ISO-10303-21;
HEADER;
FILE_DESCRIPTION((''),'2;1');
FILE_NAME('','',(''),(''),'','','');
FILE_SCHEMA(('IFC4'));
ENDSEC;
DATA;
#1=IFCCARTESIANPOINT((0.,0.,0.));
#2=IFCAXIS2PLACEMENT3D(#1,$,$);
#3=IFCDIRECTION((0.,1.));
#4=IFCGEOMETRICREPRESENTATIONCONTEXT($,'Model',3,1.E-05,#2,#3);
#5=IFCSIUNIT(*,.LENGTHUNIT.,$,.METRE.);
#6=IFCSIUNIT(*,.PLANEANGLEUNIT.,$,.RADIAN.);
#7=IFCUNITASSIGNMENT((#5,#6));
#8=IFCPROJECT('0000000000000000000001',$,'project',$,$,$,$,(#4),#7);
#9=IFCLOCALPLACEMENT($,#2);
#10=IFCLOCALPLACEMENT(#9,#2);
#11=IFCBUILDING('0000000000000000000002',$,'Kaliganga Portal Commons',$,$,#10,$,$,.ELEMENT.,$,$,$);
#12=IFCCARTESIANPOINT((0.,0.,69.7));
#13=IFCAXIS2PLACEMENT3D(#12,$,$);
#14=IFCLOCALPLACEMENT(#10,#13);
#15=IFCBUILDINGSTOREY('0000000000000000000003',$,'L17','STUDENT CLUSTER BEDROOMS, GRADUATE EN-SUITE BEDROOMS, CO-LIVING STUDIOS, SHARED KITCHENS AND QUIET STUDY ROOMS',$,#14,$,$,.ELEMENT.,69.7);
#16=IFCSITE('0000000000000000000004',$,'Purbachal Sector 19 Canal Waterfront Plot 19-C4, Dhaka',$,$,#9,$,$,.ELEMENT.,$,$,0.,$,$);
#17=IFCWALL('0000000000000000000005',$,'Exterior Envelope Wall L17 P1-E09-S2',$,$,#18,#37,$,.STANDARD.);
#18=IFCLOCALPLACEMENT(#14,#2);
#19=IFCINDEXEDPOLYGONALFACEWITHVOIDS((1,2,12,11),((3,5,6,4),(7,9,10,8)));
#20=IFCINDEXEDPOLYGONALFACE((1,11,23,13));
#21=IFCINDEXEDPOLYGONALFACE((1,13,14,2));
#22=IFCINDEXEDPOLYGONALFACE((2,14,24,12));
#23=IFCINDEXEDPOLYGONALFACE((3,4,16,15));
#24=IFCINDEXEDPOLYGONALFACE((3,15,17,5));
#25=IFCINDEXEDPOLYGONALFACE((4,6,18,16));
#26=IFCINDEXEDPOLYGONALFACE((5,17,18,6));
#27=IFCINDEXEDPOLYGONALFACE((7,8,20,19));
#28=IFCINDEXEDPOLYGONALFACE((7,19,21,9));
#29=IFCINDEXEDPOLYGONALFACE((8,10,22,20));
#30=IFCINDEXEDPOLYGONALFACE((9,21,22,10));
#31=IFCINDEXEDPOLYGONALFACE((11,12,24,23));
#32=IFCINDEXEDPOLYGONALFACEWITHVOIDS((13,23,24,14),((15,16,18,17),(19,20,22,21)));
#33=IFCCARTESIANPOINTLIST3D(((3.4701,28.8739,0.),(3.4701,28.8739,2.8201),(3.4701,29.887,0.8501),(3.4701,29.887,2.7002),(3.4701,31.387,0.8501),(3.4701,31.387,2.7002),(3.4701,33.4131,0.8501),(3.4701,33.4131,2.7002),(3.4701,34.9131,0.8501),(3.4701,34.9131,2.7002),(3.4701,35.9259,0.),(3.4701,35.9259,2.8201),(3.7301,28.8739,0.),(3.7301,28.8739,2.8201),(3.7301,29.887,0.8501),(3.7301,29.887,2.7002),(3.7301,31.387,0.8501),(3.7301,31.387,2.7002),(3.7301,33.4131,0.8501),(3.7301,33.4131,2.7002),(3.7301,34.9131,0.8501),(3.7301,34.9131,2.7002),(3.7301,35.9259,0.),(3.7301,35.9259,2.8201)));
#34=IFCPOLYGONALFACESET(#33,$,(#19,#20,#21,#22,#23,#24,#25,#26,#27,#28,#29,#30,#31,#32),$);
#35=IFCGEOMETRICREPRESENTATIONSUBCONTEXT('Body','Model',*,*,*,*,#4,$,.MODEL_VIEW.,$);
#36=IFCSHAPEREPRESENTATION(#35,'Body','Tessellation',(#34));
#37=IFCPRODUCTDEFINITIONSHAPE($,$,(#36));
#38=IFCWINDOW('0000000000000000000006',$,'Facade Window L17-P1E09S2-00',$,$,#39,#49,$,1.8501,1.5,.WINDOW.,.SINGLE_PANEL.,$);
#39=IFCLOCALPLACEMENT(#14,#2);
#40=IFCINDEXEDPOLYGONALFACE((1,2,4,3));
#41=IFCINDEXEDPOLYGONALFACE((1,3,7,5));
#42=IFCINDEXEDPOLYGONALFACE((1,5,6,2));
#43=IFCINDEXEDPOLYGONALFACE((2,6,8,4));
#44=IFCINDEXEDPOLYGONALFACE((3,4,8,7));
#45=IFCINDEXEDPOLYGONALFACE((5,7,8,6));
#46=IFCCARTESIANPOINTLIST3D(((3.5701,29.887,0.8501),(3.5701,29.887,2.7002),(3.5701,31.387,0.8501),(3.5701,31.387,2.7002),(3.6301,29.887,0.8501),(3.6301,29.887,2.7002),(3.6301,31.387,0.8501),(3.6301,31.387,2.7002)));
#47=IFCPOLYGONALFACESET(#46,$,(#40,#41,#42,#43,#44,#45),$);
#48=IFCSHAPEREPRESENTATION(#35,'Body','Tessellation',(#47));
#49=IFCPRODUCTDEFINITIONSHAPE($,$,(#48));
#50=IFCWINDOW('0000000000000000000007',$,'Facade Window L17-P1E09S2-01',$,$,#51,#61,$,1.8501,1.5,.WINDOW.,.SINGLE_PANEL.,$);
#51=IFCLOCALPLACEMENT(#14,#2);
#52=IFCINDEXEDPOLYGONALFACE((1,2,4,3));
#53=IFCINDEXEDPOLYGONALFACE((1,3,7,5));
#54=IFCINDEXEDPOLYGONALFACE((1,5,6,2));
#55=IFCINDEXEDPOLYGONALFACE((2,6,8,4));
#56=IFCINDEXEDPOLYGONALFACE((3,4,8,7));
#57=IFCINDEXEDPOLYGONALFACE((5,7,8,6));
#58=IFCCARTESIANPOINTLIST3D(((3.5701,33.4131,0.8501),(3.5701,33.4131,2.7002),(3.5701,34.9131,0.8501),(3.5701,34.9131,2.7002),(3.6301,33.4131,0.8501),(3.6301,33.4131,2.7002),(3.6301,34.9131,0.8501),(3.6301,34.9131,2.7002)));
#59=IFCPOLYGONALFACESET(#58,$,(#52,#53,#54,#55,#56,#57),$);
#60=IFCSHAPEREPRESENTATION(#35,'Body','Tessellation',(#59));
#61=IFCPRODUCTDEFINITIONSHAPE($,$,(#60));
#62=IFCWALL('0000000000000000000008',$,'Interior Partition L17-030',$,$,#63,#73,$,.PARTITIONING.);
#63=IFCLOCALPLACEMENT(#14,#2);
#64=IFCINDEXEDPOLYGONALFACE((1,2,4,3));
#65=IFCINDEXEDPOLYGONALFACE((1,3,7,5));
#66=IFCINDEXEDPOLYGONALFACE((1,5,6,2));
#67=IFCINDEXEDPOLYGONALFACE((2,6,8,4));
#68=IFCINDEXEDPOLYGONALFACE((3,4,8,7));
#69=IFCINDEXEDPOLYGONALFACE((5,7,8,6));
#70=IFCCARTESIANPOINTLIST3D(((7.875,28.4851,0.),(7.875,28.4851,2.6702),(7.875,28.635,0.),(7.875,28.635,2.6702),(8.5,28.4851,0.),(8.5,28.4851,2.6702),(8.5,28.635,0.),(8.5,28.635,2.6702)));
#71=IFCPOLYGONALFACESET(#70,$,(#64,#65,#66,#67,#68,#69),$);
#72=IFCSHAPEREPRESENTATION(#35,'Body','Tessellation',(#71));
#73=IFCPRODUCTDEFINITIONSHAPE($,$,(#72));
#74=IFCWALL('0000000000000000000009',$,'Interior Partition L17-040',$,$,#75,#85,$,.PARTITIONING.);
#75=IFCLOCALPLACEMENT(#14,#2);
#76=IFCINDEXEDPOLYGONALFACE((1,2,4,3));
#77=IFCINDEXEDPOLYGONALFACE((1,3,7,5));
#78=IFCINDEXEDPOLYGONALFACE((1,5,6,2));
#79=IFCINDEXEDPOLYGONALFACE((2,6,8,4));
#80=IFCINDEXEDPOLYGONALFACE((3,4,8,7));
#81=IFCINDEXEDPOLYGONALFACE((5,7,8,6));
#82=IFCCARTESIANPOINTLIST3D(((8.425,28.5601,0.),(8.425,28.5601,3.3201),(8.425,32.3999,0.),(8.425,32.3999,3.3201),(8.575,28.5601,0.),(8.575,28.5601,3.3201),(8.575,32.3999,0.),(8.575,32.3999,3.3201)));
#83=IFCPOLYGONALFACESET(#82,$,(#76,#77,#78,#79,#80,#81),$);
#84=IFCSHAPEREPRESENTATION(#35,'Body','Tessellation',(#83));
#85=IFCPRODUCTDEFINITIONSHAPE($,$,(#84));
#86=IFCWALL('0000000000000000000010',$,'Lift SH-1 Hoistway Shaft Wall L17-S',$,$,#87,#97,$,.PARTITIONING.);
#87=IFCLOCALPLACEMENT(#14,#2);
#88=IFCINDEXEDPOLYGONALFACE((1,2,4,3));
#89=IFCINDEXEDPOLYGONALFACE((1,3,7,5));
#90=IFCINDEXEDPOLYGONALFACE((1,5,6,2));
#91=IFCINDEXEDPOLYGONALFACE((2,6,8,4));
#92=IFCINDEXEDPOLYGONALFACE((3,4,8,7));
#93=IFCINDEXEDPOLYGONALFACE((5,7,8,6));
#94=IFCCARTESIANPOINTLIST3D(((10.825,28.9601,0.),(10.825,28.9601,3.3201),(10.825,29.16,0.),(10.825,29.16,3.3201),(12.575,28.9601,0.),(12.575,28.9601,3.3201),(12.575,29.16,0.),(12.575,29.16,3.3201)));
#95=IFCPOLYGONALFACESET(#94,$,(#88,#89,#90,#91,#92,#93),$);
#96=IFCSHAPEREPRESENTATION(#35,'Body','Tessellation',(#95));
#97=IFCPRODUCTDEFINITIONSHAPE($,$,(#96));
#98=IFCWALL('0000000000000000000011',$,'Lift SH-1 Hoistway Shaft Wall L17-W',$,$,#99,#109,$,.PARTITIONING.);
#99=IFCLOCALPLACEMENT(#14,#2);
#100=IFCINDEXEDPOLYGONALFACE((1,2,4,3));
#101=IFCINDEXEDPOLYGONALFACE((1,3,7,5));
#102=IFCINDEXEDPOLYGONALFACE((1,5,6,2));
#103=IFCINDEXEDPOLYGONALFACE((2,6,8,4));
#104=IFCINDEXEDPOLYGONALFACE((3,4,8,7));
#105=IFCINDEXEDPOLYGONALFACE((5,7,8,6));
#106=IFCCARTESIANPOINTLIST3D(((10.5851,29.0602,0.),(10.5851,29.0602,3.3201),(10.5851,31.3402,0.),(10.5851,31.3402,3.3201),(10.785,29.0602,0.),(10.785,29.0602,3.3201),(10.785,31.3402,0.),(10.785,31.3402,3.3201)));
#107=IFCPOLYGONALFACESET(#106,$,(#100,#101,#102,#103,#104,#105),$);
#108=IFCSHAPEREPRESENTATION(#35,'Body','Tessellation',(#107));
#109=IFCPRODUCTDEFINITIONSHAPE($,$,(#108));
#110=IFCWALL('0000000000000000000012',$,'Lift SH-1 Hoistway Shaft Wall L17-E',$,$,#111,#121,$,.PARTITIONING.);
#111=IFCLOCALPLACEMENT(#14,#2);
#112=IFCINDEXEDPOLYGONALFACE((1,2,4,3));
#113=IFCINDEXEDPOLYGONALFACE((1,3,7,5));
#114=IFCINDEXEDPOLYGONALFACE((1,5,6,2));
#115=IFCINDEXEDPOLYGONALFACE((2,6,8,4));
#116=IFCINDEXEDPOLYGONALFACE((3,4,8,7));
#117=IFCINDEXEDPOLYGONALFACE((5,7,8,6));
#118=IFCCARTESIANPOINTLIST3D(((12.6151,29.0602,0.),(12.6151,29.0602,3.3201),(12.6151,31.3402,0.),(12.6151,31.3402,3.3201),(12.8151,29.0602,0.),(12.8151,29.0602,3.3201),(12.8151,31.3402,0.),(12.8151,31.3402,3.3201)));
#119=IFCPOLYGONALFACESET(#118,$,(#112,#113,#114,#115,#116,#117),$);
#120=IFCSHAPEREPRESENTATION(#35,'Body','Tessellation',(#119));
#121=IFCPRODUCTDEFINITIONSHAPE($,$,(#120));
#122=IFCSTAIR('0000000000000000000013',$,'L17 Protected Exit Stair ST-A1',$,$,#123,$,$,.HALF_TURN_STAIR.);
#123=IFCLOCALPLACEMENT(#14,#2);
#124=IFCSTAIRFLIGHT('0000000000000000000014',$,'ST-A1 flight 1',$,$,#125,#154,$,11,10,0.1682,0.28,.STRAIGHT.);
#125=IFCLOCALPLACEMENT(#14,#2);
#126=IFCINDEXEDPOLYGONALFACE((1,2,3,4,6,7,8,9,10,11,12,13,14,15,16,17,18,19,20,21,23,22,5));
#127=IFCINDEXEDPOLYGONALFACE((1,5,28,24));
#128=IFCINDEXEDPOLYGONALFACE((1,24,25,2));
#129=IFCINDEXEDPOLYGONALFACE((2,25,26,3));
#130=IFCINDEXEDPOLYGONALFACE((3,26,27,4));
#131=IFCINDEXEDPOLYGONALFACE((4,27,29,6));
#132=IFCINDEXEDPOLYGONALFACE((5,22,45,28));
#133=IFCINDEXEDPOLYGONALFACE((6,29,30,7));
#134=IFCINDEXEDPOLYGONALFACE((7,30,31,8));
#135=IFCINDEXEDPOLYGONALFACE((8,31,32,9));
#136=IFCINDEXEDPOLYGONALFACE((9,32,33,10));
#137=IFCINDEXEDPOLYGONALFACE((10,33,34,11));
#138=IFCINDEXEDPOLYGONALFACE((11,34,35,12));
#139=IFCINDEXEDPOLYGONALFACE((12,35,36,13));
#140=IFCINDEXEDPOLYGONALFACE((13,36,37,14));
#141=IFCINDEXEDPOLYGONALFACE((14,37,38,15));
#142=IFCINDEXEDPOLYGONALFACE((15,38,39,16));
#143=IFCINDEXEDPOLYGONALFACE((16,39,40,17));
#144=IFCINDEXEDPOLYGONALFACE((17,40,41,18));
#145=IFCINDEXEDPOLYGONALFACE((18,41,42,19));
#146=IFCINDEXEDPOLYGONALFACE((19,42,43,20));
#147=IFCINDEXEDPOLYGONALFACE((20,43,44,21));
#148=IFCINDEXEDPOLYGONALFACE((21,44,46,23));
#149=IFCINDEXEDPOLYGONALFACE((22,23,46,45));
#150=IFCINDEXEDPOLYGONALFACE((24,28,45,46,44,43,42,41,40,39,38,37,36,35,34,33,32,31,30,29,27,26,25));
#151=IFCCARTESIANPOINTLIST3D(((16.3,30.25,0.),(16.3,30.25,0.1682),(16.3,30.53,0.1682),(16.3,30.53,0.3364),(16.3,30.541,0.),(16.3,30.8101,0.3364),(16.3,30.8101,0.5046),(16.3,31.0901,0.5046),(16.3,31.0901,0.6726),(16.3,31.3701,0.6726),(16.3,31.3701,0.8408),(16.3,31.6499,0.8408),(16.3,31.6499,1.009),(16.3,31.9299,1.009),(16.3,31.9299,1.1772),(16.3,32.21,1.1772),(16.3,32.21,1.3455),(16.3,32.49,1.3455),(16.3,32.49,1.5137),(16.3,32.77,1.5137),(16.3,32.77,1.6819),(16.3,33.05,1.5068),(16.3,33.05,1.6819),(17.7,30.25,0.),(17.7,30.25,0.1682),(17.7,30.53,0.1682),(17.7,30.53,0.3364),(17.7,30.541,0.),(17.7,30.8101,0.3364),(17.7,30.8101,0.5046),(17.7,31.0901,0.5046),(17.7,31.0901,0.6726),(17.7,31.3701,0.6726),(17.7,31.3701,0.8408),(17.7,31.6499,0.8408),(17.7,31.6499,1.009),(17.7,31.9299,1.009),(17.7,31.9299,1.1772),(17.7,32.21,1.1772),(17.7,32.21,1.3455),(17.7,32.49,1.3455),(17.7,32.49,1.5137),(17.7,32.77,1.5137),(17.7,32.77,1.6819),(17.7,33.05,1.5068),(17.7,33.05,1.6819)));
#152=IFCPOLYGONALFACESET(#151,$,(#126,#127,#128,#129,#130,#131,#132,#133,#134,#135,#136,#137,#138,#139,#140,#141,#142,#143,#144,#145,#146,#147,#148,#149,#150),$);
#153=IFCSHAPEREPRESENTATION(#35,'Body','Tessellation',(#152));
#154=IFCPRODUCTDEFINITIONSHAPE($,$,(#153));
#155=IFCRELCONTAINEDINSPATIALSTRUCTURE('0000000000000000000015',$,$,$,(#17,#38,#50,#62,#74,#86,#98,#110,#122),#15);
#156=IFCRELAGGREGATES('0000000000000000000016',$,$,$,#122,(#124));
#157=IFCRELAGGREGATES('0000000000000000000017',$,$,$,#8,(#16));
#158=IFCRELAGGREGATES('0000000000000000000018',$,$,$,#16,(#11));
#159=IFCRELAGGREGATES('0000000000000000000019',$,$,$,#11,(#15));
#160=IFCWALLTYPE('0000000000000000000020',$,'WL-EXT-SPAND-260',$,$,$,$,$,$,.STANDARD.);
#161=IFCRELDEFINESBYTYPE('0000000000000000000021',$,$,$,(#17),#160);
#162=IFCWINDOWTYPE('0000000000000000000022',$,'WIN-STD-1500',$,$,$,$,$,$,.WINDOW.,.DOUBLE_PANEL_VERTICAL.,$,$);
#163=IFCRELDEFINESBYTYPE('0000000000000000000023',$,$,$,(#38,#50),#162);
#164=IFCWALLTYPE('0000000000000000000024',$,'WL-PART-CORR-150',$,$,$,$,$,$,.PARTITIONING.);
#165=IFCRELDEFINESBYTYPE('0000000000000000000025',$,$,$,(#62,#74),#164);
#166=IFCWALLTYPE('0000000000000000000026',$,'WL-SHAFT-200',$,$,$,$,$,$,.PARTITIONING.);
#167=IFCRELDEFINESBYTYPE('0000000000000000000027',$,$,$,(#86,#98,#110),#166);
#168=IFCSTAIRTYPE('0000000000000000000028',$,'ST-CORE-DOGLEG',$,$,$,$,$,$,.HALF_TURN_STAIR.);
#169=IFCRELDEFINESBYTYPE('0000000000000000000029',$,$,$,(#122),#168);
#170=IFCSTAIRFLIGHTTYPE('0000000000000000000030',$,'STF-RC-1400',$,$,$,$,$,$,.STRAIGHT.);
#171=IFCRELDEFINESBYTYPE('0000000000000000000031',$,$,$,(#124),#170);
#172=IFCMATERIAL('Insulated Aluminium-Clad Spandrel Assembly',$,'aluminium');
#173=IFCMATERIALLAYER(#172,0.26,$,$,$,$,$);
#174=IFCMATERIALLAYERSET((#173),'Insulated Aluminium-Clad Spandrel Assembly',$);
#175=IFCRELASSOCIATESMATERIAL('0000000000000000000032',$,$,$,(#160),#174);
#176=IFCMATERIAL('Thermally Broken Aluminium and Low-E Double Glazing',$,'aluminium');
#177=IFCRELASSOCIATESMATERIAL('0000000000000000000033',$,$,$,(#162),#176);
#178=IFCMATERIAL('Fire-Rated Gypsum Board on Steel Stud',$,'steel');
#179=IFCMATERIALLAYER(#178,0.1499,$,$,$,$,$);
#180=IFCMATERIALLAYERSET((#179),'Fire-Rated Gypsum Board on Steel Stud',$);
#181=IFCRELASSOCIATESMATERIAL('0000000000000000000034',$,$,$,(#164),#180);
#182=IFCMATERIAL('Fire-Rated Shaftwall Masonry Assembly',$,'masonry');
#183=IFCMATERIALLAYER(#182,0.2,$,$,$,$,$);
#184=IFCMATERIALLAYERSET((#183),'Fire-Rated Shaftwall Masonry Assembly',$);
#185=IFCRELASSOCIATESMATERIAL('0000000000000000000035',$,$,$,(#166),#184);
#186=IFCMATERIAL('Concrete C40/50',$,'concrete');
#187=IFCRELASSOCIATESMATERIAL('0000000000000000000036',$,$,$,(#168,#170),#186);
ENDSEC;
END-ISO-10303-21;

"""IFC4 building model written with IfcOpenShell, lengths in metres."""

from ifc_helpers import new_model, si_unit, direction, frame, frame_2d, origin, place, context, subcontext, project, spatial, polyline, rectangle, outline, extrude, material, layer, layer_set, type_object, element, fill, aggregate, save


model = new_model("IFC4")

# Units and contexts
model_context = context("Model", 3, precision=1e-05, world=origin(), true_north=direction((0.0, 1.0)))
body_context = subcontext(model_context, "Body", "Model", "MODEL_VIEW")
ifc_project = project(units=[si_unit("LENGTHUNIT", "METRE"), si_unit("PLANEANGLEUNIT", "RADIAN")], contexts=[model_context])

# Site, building, storey
site_placement = place(None, origin())
site = spatial("IfcSite", under=ifc_project, at=site_placement, Name="Purbachal Sector 19 Canal Waterfront Plot 19-C4, Dhaka", CompositionType="ELEMENT", RefElevation=0.0)
building_placement = place(site_placement, origin())
building = spatial("IfcBuilding", under=site, at=building_placement, Name="Kaliganga Portal Commons", CompositionType="ELEMENT")
storey_placement = place(building_placement, frame((0.0, 0.0, 69.7)))
storey = spatial("IfcBuildingStorey", under=building, at=storey_placement, Name="L17", Description="STUDENT CLUSTER BEDROOMS, GRADUATE EN-SUITE BEDROOMS, CO-LIVING STUDIOS, SHARED KITCHENS AND QUIET STUDY ROOMS", CompositionType="ELEMENT", Elevation=69.7)

# Wall, openings, windows
ifc_material_1 = material(Name="Insulated Aluminium-Clad Spandrel Assembly", Category="aluminium")
ifc_layer_1 = layer(ifc_material_1, 0.26)
ifc_layer_set_1 = layer_set([ifc_layer_1], Name="Insulated Aluminium-Clad Spandrel Assembly")
wall_type_1 = type_object("IfcWallType", Name="WL-EXT-SPAND-260", PredefinedType="STANDARD", material=ifc_layer_set_1)
wall_1_placement = place(storey_placement, frame((3.6001, 28.874, 0.0), z_axis=(0.0, 0.0, 1.0), x_axis=(0.0, 1.0, 0.0)))
wall_1 = element("IfcWall", 1, at=wall_1_placement, inside=storey, type_object=wall_type_1, Name="Exterior Envelope Wall L17 P1-E09-S2", PredefinedType="STANDARD", context=body_context, shape_type="SweptSolid", body=[
    extrude(rectangle(XDim=7.052, YDim=0.26, at=frame_2d((3.5259, 0.0))), origin(), (0.0, 0.0, 1.0), 2.8201),
])
opening_1_placement = place(wall_1_placement, frame((1.0129, 0.0, 0.8501)))
opening_1 = element("IfcOpeningElement", 2, at=opening_1_placement, cuts=wall_1, PredefinedType="OPENING", context=body_context, shape_type="SweptSolid", body=[
    extrude(rectangle(XDim=1.5, YDim=1.8501, at=frame_2d((0.75, 0.925))), frame((0.0, 0.1401, 0.0), z_axis=(0.0, -1.0, 0.0), x_axis=(1.0, 0.0, 0.0)), (0.0, 0.0, 1.0), 0.28),
])
opening_2_placement = place(wall_1_placement, frame((4.5391, 0.0, 0.8501)))
opening_2 = element("IfcOpeningElement", 3, at=opening_2_placement, cuts=wall_1, PredefinedType="OPENING", context=body_context, shape_type="SweptSolid", body=[
    extrude(rectangle(XDim=1.5, YDim=1.8501, at=frame_2d((0.75, 0.925))), frame((0.0, 0.1401, 0.0), z_axis=(0.0, -1.0, 0.0), x_axis=(1.0, 0.0, 0.0)), (0.0, 0.0, 1.0), 0.28),
])
ifc_material_2 = material(Name="Thermally Broken Aluminium and Low-E Double Glazing", Category="aluminium")
window_type = type_object("IfcWindowType", Name="WIN-STD-1500", PartitioningType="DOUBLE_PANEL_VERTICAL", PredefinedType="WINDOW", material=ifc_material_2)
window_1_placement = place(opening_1_placement, origin())
window_1 = element("IfcWindow", 4, at=window_1_placement, inside=storey, type_object=window_type, Name="Facade Window L17-P1E09S2-00", OverallHeight=1.8501, OverallWidth=1.5, PartitioningType="SINGLE_PANEL", PredefinedType="WINDOW", context=body_context, shape_type="SweptSolid", body=[
    extrude(rectangle(XDim=1.5, YDim=1.8501, at=frame_2d((0.75, 0.925))), frame((0.0, 0.03, 0.0), z_axis=(0.0, -1.0, 0.0), x_axis=(1.0, 0.0, 0.0)), (0.0, 0.0, 1.0), 0.0601),
])
fill(opening_1, window_1)
window_2_placement = place(opening_2_placement, origin())
window_2 = element("IfcWindow", 5, at=window_2_placement, inside=storey, type_object=window_type, Name="Facade Window L17-P1E09S2-01", OverallHeight=1.8501, OverallWidth=1.5, PartitioningType="SINGLE_PANEL", PredefinedType="WINDOW", context=body_context, shape_type="SweptSolid", body=[
    extrude(rectangle(XDim=1.5, YDim=1.8501, at=frame_2d((0.75, 0.925))), frame((0.0, 0.03, 0.0), z_axis=(0.0, -1.0, 0.0), x_axis=(1.0, 0.0, 0.0)), (0.0, 0.0, 1.0), 0.0601),
])
fill(opening_2, window_2)

# Shared definitions
ifc_material_3 = material(Name="Fire-Rated Gypsum Board on Steel Stud", Category="steel")
ifc_layer_2 = layer(ifc_material_3, 0.1499)
ifc_layer_set_2 = layer_set([ifc_layer_2], Name="Fire-Rated Gypsum Board on Steel Stud")
wall_type_2 = type_object("IfcWallType", Name="WL-PART-CORR-150", PredefinedType="PARTITIONING", material=ifc_layer_set_2)

# Walls
wall_2_placement = place(storey_placement, frame((7.875, 28.5601, 0.0), z_axis=(0.0, 0.0, 1.0), x_axis=(1.0, 0.0, 0.0)))
element("IfcWall", 6, at=wall_2_placement, inside=storey, type_object=wall_type_2, Name="Interior Partition L17-030", PredefinedType="PARTITIONING", context=body_context, shape_type="SweptSolid", body=[
    extrude(rectangle(XDim=0.625, YDim=0.1499, at=frame_2d((0.3125, 0.0))), origin(), (0.0, 0.0, 1.0), 2.6702),
])
wall_3_placement = place(storey_placement, frame((8.5, 28.5601, 0.0), z_axis=(0.0, 0.0, 1.0), x_axis=(0.0, 1.0, 0.0)))
element("IfcWall", 7, at=wall_3_placement, inside=storey, type_object=wall_type_2, Name="Interior Partition L17-040", PredefinedType="PARTITIONING", context=body_context, shape_type="SweptSolid", body=[
    extrude(rectangle(XDim=3.8398, YDim=0.1499, at=frame_2d((1.9199, 0.0))), origin(), (0.0, 0.0, 1.0), 3.3201),
])
ifc_material_4 = material(Name="Fire-Rated Shaftwall Masonry Assembly", Category="masonry")
ifc_layer_3 = layer(ifc_material_4, 0.2)
ifc_layer_set_3 = layer_set([ifc_layer_3], Name="Fire-Rated Shaftwall Masonry Assembly")
wall_type_3 = type_object("IfcWallType", Name="WL-SHAFT-200", PredefinedType="PARTITIONING", material=ifc_layer_set_3)
wall_4_placement = place(storey_placement, frame((10.825, 29.0601, 0.0), z_axis=(0.0, 0.0, 1.0), x_axis=(1.0, 0.0, 0.0)))
element("IfcWall", 8, at=wall_4_placement, inside=storey, type_object=wall_type_3, Name="Lift SH-1 Hoistway Shaft Wall L17-S", PredefinedType="PARTITIONING", context=body_context, shape_type="SweptSolid", body=[
    extrude(rectangle(XDim=1.75, YDim=0.2, at=frame_2d((0.875, 0.0))), origin(), (0.0, 0.0, 1.0), 3.3201),
])
for number, where, z_axis, x_axis, name in (
    (9, (10.6851, 29.0601, 0.0), (0.0, 0.0, 1.0), (0.0, 1.0, 0.0), "Lift SH-1 Hoistway Shaft Wall L17-W"),
    (10, (12.7151, 29.0601, 0.0), (0.0, 0.0, 1.0), (0.0, 1.0, 0.0), "Lift SH-1 Hoistway Shaft Wall L17-E"),
):
    element("IfcWall", number, at=place(storey_placement, frame(where, z_axis=z_axis, x_axis=x_axis)), inside=storey, type_object=wall_type_3, Name=name, PredefinedType="PARTITIONING", context=body_context, shape_type="SweptSolid", body=[
        extrude(rectangle(XDim=2.28, YDim=0.2, at=frame_2d((1.1401, 0.0))), origin(), (0.0, 0.0, 1.0), 3.3201),
    ])

# Stair, stair flight
ifc_material_5 = material(Name="Concrete C40/50", Category="concrete")
stair_type = type_object("IfcStairType", Name="ST-CORE-DOGLEG", PredefinedType="HALF_TURN_STAIR", material=ifc_material_5)
stair_placement = place(storey_placement, origin())
stair = element("IfcStair", 11, at=stair_placement, inside=storey, type_object=stair_type, Name="L17 Protected Exit Stair ST-A1", PredefinedType="HALF_TURN_STAIR")
stair_flight_type = type_object("IfcStairFlightType", Name="STF-RC-1400", PredefinedType="STRAIGHT", material=ifc_material_5)
stair_flight_placement = place(storey_placement, frame((17.0, 30.25, 0.0), z_axis=(0.0, 0.0, 1.0), x_axis=(0.0, 1.0, 0.0)))
stair_flight = element("IfcStairFlight", 12, at=stair_flight_placement, type_object=stair_flight_type, Name="ST-A1 flight 1", NumberOfRisers=11, NumberOfTreads=10, PredefinedType="STRAIGHT", RiserHeight=0.1682, TreadLength=0.28, context=body_context, shape_type="SweptSolid", body=[
    extrude(outline(polyline([(0.0, 0.0), (0.0, 0.1682), (0.28, 0.1682), (0.28, 0.3364), (0.5601, 0.3364), (0.5601, 0.5046), (0.8401, 0.5046), (0.8401, 0.6726), (1.1201, 0.6726), (1.1201, 0.8408), (1.3999, 0.8408), (1.3999, 1.009), (1.6799, 1.009), (1.6799, 1.1772), (1.96, 1.1772), (1.96, 1.3455), (2.24, 1.3455), (2.24, 1.5137), (2.52, 1.5137), (2.52, 1.6819), (2.8, 1.6819), (2.8, 1.8501), (2.8, 1.5068), (0.291, 0.0), (0.0, 0.0)])), frame((0.0, 0.7, 0.0), z_axis=(0.0, -1.0, 0.0), x_axis=(1.0, 0.0, 0.0)), (0.0, 0.0, 1.0), 1.3999),
])
aggregate(stair, [stair_flight])

save(model, "model.ifc")
